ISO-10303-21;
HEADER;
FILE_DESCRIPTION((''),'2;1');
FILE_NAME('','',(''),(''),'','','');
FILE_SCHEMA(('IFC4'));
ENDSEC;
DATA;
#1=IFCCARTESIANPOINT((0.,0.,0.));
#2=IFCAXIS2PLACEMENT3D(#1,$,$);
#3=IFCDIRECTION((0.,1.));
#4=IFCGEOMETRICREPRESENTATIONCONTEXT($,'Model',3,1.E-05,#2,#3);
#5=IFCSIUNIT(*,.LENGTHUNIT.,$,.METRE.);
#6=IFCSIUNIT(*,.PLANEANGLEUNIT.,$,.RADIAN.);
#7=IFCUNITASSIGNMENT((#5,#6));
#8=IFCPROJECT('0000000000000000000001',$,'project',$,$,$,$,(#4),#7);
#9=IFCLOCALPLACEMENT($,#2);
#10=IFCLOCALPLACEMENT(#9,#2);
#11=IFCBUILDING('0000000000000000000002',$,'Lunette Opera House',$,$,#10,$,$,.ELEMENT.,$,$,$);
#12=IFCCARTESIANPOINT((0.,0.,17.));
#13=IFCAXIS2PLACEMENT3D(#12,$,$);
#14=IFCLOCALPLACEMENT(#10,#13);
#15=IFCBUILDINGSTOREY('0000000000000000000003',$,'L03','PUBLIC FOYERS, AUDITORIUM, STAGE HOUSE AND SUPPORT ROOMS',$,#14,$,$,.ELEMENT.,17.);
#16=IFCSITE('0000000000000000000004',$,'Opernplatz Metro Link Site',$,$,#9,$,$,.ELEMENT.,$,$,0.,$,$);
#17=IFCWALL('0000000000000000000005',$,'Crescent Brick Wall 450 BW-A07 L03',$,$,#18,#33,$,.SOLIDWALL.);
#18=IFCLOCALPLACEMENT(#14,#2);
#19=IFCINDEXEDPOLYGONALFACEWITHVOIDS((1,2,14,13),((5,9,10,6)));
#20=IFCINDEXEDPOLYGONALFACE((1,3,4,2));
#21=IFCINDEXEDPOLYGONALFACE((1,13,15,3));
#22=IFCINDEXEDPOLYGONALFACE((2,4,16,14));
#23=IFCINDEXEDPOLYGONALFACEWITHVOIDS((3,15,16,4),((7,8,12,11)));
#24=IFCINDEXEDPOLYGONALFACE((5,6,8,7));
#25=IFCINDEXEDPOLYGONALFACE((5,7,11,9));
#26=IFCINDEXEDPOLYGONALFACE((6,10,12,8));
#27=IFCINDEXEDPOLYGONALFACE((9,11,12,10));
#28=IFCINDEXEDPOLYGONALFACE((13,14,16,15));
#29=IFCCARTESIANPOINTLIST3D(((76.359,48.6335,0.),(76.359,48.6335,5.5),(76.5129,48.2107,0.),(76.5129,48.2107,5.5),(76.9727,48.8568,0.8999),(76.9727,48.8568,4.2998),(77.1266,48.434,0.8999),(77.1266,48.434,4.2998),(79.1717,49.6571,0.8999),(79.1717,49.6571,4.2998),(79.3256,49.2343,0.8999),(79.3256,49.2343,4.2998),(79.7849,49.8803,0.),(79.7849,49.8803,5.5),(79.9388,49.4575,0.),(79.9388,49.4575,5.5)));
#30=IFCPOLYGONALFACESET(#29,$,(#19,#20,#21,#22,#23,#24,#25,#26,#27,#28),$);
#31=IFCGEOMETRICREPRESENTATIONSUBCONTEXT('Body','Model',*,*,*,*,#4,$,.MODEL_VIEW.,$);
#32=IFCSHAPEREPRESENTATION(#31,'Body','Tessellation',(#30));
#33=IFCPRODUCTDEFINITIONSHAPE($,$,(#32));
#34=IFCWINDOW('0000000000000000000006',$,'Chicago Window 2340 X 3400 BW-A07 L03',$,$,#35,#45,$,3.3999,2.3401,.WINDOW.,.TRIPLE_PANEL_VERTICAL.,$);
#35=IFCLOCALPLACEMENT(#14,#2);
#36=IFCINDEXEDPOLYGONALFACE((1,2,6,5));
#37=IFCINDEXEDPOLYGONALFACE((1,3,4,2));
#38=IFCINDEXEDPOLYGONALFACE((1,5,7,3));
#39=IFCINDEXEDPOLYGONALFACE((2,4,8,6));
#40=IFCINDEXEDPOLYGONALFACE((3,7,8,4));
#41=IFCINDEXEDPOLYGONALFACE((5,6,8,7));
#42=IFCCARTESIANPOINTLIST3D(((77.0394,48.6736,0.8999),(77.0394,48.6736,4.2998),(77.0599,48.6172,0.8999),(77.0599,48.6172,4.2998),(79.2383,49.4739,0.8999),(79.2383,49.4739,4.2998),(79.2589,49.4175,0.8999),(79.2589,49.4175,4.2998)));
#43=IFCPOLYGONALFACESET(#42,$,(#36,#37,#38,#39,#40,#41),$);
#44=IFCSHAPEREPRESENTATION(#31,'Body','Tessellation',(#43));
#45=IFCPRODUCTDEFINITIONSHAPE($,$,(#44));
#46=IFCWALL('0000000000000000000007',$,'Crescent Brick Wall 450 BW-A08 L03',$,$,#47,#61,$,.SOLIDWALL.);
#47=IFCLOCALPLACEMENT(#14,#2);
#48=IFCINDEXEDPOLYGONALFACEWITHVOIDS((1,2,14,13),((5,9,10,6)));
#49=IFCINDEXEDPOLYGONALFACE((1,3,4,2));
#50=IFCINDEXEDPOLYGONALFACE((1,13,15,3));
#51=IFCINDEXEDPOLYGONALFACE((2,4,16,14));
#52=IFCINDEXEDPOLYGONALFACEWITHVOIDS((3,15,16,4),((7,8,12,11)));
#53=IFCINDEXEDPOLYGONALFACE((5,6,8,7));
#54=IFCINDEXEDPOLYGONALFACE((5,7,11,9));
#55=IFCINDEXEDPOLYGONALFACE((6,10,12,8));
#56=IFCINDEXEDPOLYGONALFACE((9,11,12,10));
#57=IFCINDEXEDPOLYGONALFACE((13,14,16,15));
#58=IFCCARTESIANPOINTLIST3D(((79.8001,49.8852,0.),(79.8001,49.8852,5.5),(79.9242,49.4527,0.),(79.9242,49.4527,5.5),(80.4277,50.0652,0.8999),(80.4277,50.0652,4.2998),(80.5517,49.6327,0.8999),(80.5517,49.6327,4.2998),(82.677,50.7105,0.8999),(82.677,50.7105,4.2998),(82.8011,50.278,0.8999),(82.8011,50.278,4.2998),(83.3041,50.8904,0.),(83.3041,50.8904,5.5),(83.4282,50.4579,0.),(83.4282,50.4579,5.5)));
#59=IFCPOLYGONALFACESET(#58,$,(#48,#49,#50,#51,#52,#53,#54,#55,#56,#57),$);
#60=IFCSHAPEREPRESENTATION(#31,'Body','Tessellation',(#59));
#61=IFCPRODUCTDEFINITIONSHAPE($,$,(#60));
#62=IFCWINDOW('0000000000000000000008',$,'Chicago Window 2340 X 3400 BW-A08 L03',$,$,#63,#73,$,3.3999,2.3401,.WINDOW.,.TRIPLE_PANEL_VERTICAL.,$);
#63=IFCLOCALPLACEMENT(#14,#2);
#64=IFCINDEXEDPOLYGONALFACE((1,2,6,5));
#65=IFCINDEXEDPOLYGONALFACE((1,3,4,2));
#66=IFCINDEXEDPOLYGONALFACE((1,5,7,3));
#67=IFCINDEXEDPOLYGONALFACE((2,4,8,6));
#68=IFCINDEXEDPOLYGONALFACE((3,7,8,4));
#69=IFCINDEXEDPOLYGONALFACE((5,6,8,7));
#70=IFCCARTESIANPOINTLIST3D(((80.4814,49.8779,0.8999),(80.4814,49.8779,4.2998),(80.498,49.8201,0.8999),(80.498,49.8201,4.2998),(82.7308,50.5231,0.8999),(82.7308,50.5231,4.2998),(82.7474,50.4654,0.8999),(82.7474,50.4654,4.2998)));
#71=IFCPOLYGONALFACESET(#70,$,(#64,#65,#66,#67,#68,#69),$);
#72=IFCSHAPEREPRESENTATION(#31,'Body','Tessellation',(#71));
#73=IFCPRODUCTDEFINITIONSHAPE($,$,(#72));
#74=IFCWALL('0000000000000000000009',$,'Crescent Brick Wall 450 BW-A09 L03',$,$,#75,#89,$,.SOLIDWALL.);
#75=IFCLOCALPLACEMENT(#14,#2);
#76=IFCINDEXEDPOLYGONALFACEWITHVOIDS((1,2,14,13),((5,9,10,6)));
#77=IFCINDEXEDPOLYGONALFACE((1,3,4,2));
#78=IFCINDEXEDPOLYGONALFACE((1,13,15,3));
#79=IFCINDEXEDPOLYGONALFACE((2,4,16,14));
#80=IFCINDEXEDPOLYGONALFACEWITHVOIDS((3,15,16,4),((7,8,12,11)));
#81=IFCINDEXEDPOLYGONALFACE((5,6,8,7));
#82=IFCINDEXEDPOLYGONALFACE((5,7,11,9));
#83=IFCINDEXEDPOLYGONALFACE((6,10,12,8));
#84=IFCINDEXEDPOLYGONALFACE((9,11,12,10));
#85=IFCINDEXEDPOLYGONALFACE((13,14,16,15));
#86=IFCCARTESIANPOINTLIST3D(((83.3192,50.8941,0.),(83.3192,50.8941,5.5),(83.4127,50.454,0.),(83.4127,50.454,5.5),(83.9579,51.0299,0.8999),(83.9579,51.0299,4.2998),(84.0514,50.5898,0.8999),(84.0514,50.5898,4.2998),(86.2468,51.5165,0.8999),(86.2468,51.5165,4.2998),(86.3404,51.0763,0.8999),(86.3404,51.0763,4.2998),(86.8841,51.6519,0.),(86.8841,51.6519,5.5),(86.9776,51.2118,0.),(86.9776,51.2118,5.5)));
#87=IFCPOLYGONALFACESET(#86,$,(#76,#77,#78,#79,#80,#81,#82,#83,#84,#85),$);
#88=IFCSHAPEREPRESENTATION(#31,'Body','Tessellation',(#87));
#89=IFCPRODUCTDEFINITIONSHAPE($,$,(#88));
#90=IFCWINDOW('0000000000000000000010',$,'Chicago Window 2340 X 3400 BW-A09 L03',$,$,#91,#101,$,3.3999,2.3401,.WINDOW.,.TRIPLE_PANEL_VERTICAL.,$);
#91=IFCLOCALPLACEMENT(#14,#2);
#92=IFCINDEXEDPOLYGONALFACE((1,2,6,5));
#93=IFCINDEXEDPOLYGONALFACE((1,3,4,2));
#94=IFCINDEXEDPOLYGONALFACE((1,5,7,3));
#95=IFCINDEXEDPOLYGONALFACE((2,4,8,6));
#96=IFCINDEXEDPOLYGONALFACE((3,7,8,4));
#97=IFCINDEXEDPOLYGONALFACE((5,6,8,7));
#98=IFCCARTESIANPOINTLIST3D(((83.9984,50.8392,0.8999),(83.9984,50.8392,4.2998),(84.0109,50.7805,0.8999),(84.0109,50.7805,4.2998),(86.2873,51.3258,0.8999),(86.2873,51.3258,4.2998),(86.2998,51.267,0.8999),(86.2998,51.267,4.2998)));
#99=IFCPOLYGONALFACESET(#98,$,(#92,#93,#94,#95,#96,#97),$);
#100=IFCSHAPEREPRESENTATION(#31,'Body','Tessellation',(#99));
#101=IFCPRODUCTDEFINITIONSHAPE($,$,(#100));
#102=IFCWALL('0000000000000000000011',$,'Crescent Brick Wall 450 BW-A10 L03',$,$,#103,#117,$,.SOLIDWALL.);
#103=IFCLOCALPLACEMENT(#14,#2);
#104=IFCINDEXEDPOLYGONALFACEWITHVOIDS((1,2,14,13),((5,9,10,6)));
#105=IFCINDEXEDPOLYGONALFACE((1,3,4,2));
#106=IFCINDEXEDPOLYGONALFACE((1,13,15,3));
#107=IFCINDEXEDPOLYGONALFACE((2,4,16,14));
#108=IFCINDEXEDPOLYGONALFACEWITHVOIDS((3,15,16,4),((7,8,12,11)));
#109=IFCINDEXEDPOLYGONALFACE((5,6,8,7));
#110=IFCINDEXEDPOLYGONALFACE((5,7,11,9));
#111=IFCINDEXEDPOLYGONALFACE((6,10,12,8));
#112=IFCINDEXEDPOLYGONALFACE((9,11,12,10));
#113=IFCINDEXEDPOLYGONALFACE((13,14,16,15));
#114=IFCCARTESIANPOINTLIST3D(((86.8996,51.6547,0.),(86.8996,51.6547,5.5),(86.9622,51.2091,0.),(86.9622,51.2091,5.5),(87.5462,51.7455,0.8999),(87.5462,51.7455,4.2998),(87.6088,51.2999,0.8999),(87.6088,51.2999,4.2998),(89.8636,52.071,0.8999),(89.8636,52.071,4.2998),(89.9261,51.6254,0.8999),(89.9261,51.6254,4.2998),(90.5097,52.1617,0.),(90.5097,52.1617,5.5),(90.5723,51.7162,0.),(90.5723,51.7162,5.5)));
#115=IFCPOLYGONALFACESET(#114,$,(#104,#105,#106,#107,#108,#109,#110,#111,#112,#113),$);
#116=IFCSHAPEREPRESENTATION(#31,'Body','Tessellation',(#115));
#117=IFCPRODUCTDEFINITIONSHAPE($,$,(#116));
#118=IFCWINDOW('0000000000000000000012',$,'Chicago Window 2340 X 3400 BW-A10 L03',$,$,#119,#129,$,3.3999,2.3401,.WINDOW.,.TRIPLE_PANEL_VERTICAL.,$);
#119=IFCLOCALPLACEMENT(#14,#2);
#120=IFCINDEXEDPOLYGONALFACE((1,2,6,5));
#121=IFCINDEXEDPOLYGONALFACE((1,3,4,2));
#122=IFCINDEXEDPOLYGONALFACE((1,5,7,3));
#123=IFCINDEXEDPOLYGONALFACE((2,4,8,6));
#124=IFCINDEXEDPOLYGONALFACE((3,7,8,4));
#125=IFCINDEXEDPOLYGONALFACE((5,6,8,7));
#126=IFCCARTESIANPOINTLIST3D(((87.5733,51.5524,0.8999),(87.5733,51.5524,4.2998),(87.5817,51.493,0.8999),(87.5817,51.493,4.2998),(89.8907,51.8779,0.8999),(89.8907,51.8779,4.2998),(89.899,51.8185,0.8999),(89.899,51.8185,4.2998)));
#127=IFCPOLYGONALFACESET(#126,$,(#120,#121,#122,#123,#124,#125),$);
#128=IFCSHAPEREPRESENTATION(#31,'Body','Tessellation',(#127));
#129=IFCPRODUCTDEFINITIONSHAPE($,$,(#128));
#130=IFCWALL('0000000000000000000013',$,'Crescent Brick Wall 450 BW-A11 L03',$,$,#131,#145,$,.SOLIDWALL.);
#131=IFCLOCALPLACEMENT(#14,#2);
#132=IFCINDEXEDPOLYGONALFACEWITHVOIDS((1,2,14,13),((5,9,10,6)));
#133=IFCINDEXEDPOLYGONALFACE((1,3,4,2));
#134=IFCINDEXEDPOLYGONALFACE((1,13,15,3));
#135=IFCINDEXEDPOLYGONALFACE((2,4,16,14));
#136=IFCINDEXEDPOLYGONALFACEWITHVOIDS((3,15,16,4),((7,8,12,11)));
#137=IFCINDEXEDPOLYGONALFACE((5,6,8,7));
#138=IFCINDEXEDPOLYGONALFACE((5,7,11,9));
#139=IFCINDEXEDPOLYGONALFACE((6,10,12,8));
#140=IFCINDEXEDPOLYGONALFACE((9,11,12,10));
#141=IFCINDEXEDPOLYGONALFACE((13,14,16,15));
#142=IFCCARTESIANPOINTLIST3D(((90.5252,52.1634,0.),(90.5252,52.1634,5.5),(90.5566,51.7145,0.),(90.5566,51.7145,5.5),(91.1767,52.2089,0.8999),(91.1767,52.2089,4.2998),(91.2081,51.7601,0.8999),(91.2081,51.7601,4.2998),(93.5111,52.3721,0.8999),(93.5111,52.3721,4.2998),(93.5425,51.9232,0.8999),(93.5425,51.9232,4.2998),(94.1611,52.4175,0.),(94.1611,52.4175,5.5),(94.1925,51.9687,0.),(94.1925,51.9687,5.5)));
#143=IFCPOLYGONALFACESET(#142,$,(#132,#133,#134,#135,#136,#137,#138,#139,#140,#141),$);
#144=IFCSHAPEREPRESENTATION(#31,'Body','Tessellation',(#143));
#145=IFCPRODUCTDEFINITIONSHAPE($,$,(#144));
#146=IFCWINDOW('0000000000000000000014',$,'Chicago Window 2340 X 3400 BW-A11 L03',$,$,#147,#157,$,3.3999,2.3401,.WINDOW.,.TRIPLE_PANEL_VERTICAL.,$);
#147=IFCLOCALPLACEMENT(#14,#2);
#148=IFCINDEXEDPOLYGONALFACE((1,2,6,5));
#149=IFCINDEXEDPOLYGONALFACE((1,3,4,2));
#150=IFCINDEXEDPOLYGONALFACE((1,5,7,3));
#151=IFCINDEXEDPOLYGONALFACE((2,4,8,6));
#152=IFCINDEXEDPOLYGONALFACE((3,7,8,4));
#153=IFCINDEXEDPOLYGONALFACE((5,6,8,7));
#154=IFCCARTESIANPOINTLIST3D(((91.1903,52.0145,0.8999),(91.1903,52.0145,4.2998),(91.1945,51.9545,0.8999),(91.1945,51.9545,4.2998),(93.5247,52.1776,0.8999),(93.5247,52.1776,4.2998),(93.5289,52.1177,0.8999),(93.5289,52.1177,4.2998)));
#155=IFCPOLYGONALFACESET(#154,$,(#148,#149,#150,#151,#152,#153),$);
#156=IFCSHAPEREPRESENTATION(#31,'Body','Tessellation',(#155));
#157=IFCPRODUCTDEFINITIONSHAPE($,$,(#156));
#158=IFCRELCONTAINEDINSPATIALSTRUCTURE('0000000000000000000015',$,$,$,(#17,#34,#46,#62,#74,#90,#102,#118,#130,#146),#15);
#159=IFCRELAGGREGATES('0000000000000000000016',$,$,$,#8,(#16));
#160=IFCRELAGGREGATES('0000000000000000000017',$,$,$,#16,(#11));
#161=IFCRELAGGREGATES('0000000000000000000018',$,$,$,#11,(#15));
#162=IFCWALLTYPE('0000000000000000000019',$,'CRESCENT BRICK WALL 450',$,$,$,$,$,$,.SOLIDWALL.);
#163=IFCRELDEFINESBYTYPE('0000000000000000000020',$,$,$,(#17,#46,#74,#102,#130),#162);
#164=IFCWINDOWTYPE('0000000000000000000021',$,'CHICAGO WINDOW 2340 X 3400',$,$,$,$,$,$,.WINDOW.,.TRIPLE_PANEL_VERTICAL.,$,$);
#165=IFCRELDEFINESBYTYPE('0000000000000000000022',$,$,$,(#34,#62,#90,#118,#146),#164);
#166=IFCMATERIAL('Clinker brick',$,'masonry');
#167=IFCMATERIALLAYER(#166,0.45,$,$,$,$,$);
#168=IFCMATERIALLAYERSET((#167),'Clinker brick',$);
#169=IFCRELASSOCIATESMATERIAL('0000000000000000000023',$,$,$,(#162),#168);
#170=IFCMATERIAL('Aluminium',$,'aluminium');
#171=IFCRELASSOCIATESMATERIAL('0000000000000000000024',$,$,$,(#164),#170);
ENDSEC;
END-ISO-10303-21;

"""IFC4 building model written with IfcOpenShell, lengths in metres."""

from ifc_helpers import new_model, si_unit, direction, frame, frame_2d, origin, place, context, subcontext, project, spatial, rectangle, extrude, material, layer, layer_set, type_object, element, fill, save


model = new_model("IFC4")

# Units and contexts
model_context = context("Model", 3, precision=1e-05, world=origin(), true_north=direction((0.0, 1.0)))
body_context = subcontext(model_context, "Body", "Model", "MODEL_VIEW")
ifc_project = project(units=[si_unit("LENGTHUNIT", "METRE"), si_unit("PLANEANGLEUNIT", "RADIAN")], contexts=[model_context])

# Site, building, storey
site_placement = place(None, origin())
site = spatial("IfcSite", under=ifc_project, at=site_placement, Name="Opernplatz Metro Link Site", CompositionType="ELEMENT", RefElevation=0.0)
building_placement = place(site_placement, origin())
building = spatial("IfcBuilding", under=site, at=building_placement, Name="Lunette Opera House", CompositionType="ELEMENT")
storey_placement = place(building_placement, frame((0.0, 0.0, 17.0)))
storey = spatial("IfcBuildingStorey", under=building, at=storey_placement, Name="L03", Description="PUBLIC FOYERS, AUDITORIUM, STAGE HOUSE AND SUPPORT ROOMS", CompositionType="ELEMENT", Elevation=17.0)

# Walls, openings, windows
ifc_material_1 = material(Name="Clinker brick", Category="masonry")
ifc_layer_1 = layer(ifc_material_1, 0.45)
ifc_layer_set_1 = layer_set([ifc_layer_1], Name="Clinker brick")
wall_type_1 = type_object("IfcWallType", Name="CRESCENT BRICK WALL 450", PredefinedType="SOLIDWALL", material=ifc_layer_set_1)
ifc_material_2 = material(Name="Aluminium", Category="aluminium")
window_type = type_object("IfcWindowType", Name="CHICAGO WINDOW 2340 X 3400", PartitioningType="TRIPLE_PANEL_VERTICAL", PredefinedType="WINDOW", material=ifc_material_2)
wall_1_placement = place(storey_placement, frame((76.436, 48.4221, 0.0), z_axis=(0.0, 0.0, 1.0), x_axis=(0.939705, 0.341985, 0.0)))
wall_1 = element("IfcWall", 1, at=wall_1_placement, inside=storey, type_object=wall_type_1, Name="Crescent Brick Wall 450 BW-A07 L03", PredefinedType="SOLIDWALL", context=body_context, shape_type="SweptSolid", body=[
    extrude(rectangle(XDim=3.6458, YDim=0.45, at=frame_2d((1.8228, 0.0))), origin(), (0.0, 0.0, 1.0), 5.5),
])
opening_1_placement = place(wall_1_placement, frame((0.6531, 0.0, 0.8999)))
opening_1 = element("IfcOpeningElement", 2, at=opening_1_placement, cuts=wall_1, PredefinedType="OPENING", context=body_context, shape_type="SweptSolid", body=[
    extrude(rectangle(XDim=2.3401, YDim=3.3999, at=frame_2d((1.1699, 1.7))), frame((0.0, 0.2371, 0.0), z_axis=(0.0, -1.0, 0.0), x_axis=(1.0, 0.0, 0.0)), (0.0, 0.0, 1.0), 0.4739),
])
window_1_placement = place(opening_1_placement, origin())
window_1 = element("IfcWindow", 3, at=window_1_placement, inside=storey, type_object=window_type, Name="Chicago Window 2340 X 3400 BW-A07 L03", OverallHeight=3.3999, OverallWidth=2.3401, PartitioningType="TRIPLE_PANEL_VERTICAL", PredefinedType="WINDOW", context=body_context, shape_type="SweptSolid", body=[
    extrude(rectangle(XDim=2.3401, YDim=3.3999, at=frame_2d((1.1699, 1.7))), frame((0.0, 0.03, 0.0), z_axis=(0.0, -1.0, 0.0), x_axis=(1.0, 0.0, 0.0)), (0.0, 0.0, 1.0), 0.0601),
])
fill(opening_1, window_1)
wall_2_placement = place(storey_placement, frame((79.8621, 49.6689, 0.0), z_axis=(0.0, 0.0, 1.0), x_axis=(0.961233, 0.275738, 0.0)))
wall_2 = element("IfcWall", 4, at=wall_2_placement, inside=storey, type_object=wall_type_1, Name="Crescent Brick Wall 450 BW-A08 L03", PredefinedType="SOLIDWALL", context=body_context, shape_type="SweptSolid", body=[
    extrude(rectangle(XDim=3.6453, YDim=0.45, at=frame_2d((1.8228, 0.0))), origin(), (0.0, 0.0, 1.0), 5.5),
])
opening_2_placement = place(wall_2_placement, frame((0.6531, 0.0, 0.8999)))
opening_2 = element("IfcOpeningElement", 5, at=opening_2_placement, cuts=wall_2, PredefinedType="OPENING", context=body_context, shape_type="SweptSolid", body=[
    extrude(rectangle(XDim=2.3401, YDim=3.3999, at=frame_2d((1.1699, 1.7))), frame((0.0, 0.2371, 0.0), z_axis=(0.0, -1.0, 0.0), x_axis=(1.0, 0.0, 0.0)), (0.0, 0.0, 1.0), 0.4739),
])
window_2_placement = place(opening_2_placement, origin())
window_2 = element("IfcWindow", 6, at=window_2_placement, inside=storey, type_object=window_type, Name="Chicago Window 2340 X 3400 BW-A08 L03", OverallHeight=3.3999, OverallWidth=2.3401, PartitioningType="TRIPLE_PANEL_VERTICAL", PredefinedType="WINDOW", context=body_context, shape_type="SweptSolid", body=[
    extrude(rectangle(XDim=2.3401, YDim=3.3999, at=frame_2d((1.1699, 1.7))), frame((0.0, 0.03, 0.0), z_axis=(0.0, -1.0, 0.0), x_axis=(1.0, 0.0, 0.0)), (0.0, 0.0, 1.0), 0.0601),
])
fill(opening_2, window_2)
wall_3_placement = place(storey_placement, frame((83.366, 50.6741, 0.0), z_axis=(0.0, 0.0, 1.0), x_axis=(0.978144, 0.207928, 0.0)))
wall_3 = element("IfcWall", 7, at=wall_3_placement, inside=storey, type_object=wall_type_1, Name="Crescent Brick Wall 450 BW-A09 L03", PredefinedType="SOLIDWALL", context=body_context, shape_type="SweptSolid", body=[
    extrude(rectangle(XDim=3.6445, YDim=0.45, at=frame_2d((1.8223, 0.0))), origin(), (0.0, 0.0, 1.0), 5.5),
])
opening_3_placement = place(wall_3_placement, frame((0.6531, 0.0, 0.8999)))
opening_3 = element("IfcOpeningElement", 8, at=opening_3_placement, cuts=wall_3, PredefinedType="OPENING", context=body_context, shape_type="SweptSolid", body=[
    extrude(rectangle(XDim=2.3401, YDim=3.3999, at=frame_2d((1.1699, 1.7))), frame((0.0, 0.2371, 0.0), z_axis=(0.0, -1.0, 0.0), x_axis=(1.0, 0.0, 0.0)), (0.0, 0.0, 1.0), 0.4739),
])
window_3_placement = place(opening_3_placement, origin())
window_3 = element("IfcWindow", 9, at=window_3_placement, inside=storey, type_object=window_type, Name="Chicago Window 2340 X 3400 BW-A09 L03", OverallHeight=3.3999, OverallWidth=2.3401, PartitioningType="TRIPLE_PANEL_VERTICAL", PredefinedType="WINDOW", context=body_context, shape_type="SweptSolid", body=[
    extrude(rectangle(XDim=2.3401, YDim=3.3999, at=frame_2d((1.1699, 1.7))), frame((0.0, 0.03, 0.0), z_axis=(0.0, -1.0, 0.0), x_axis=(1.0, 0.0, 0.0)), (0.0, 0.0, 1.0), 0.0601),
])
fill(opening_3, window_3)
wall_4_placement = place(storey_placement, frame((86.9309, 51.4319, 0.0), z_axis=(0.0, 0.0, 1.0), x_axis=(0.990279, 0.139096, 0.0)))
wall_4 = element("IfcWall", 10, at=wall_4_placement, inside=storey, type_object=wall_type_1, Name="Crescent Brick Wall 450 BW-A10 L03", PredefinedType="SOLIDWALL", context=body_context, shape_type="SweptSolid", body=[
    extrude(rectangle(XDim=3.6455, YDim=0.45, at=frame_2d((1.8228, 0.0))), origin(), (0.0, 0.0, 1.0), 5.5),
])
opening_4_placement = place(wall_4_placement, frame((0.6531, 0.0, 0.8999)))
opening_4 = element("IfcOpeningElement", 11, at=opening_4_placement, cuts=wall_4, PredefinedType="OPENING", context=body_context, shape_type="SweptSolid", body=[
    extrude(rectangle(XDim=2.3401, YDim=3.3999, at=frame_2d((1.1699, 1.7))), frame((0.0, 0.2371, 0.0), z_axis=(0.0, -1.0, 0.0), x_axis=(1.0, 0.0, 0.0)), (0.0, 0.0, 1.0), 0.4739),
])
window_4_placement = place(opening_4_placement, origin())
window_4 = element("IfcWindow", 12, at=window_4_placement, inside=storey, type_object=window_type, Name="Chicago Window 2340 X 3400 BW-A10 L03", OverallHeight=3.3999, OverallWidth=2.3401, PartitioningType="TRIPLE_PANEL_VERTICAL", PredefinedType="WINDOW", context=body_context, shape_type="SweptSolid", body=[
    extrude(rectangle(XDim=2.3401, YDim=3.3999, at=frame_2d((1.1699, 1.7))), frame((0.0, 0.03, 0.0), z_axis=(0.0, -1.0, 0.0), x_axis=(1.0, 0.0, 0.0)), (0.0, 0.0, 1.0), 0.0601),
])
fill(opening_4, window_4)
wall_5_placement = place(storey_placement, frame((90.541, 51.939, 0.0), z_axis=(0.0, 0.0, 1.0), x_axis=(0.997566, 0.069728, 0.0)))
wall_5 = element("IfcWall", 13, at=wall_5_placement, inside=storey, type_object=wall_type_1, Name="Crescent Brick Wall 450 BW-A11 L03", PredefinedType="SOLIDWALL", context=body_context, shape_type="SweptSolid", body=[
    extrude(rectangle(XDim=3.6448, YDim=0.45, at=frame_2d((1.8223, 0.0))), origin(), (0.0, 0.0, 1.0), 5.5),
])
opening_5_placement = place(wall_5_placement, frame((0.6531, 0.0, 0.8999)))
opening_5 = element("IfcOpeningElement", 14, at=opening_5_placement, cuts=wall_5, PredefinedType="OPENING", context=body_context, shape_type="SweptSolid", body=[
    extrude(rectangle(XDim=2.3401, YDim=3.3999, at=frame_2d((1.1699, 1.7))), frame((0.0, 0.2371, 0.0), z_axis=(0.0, -1.0, 0.0), x_axis=(1.0, 0.0, 0.0)), (0.0, 0.0, 1.0), 0.4739),
])
window_5_placement = place(opening_5_placement, origin())
window_5 = element("IfcWindow", 15, at=window_5_placement, inside=storey, type_object=window_type, Name="Chicago Window 2340 X 3400 BW-A11 L03", OverallHeight=3.3999, OverallWidth=2.3401, PartitioningType="TRIPLE_PANEL_VERTICAL", PredefinedType="WINDOW", context=body_context, shape_type="SweptSolid", body=[
    extrude(rectangle(XDim=2.3401, YDim=3.3999, at=frame_2d((1.1699, 1.7))), frame((0.0, 0.03, 0.0), z_axis=(0.0, -1.0, 0.0), x_axis=(1.0, 0.0, 0.0)), (0.0, 0.0, 1.0), 0.0601),
])
fill(opening_5, window_5)

save(model, "model.ifc")
